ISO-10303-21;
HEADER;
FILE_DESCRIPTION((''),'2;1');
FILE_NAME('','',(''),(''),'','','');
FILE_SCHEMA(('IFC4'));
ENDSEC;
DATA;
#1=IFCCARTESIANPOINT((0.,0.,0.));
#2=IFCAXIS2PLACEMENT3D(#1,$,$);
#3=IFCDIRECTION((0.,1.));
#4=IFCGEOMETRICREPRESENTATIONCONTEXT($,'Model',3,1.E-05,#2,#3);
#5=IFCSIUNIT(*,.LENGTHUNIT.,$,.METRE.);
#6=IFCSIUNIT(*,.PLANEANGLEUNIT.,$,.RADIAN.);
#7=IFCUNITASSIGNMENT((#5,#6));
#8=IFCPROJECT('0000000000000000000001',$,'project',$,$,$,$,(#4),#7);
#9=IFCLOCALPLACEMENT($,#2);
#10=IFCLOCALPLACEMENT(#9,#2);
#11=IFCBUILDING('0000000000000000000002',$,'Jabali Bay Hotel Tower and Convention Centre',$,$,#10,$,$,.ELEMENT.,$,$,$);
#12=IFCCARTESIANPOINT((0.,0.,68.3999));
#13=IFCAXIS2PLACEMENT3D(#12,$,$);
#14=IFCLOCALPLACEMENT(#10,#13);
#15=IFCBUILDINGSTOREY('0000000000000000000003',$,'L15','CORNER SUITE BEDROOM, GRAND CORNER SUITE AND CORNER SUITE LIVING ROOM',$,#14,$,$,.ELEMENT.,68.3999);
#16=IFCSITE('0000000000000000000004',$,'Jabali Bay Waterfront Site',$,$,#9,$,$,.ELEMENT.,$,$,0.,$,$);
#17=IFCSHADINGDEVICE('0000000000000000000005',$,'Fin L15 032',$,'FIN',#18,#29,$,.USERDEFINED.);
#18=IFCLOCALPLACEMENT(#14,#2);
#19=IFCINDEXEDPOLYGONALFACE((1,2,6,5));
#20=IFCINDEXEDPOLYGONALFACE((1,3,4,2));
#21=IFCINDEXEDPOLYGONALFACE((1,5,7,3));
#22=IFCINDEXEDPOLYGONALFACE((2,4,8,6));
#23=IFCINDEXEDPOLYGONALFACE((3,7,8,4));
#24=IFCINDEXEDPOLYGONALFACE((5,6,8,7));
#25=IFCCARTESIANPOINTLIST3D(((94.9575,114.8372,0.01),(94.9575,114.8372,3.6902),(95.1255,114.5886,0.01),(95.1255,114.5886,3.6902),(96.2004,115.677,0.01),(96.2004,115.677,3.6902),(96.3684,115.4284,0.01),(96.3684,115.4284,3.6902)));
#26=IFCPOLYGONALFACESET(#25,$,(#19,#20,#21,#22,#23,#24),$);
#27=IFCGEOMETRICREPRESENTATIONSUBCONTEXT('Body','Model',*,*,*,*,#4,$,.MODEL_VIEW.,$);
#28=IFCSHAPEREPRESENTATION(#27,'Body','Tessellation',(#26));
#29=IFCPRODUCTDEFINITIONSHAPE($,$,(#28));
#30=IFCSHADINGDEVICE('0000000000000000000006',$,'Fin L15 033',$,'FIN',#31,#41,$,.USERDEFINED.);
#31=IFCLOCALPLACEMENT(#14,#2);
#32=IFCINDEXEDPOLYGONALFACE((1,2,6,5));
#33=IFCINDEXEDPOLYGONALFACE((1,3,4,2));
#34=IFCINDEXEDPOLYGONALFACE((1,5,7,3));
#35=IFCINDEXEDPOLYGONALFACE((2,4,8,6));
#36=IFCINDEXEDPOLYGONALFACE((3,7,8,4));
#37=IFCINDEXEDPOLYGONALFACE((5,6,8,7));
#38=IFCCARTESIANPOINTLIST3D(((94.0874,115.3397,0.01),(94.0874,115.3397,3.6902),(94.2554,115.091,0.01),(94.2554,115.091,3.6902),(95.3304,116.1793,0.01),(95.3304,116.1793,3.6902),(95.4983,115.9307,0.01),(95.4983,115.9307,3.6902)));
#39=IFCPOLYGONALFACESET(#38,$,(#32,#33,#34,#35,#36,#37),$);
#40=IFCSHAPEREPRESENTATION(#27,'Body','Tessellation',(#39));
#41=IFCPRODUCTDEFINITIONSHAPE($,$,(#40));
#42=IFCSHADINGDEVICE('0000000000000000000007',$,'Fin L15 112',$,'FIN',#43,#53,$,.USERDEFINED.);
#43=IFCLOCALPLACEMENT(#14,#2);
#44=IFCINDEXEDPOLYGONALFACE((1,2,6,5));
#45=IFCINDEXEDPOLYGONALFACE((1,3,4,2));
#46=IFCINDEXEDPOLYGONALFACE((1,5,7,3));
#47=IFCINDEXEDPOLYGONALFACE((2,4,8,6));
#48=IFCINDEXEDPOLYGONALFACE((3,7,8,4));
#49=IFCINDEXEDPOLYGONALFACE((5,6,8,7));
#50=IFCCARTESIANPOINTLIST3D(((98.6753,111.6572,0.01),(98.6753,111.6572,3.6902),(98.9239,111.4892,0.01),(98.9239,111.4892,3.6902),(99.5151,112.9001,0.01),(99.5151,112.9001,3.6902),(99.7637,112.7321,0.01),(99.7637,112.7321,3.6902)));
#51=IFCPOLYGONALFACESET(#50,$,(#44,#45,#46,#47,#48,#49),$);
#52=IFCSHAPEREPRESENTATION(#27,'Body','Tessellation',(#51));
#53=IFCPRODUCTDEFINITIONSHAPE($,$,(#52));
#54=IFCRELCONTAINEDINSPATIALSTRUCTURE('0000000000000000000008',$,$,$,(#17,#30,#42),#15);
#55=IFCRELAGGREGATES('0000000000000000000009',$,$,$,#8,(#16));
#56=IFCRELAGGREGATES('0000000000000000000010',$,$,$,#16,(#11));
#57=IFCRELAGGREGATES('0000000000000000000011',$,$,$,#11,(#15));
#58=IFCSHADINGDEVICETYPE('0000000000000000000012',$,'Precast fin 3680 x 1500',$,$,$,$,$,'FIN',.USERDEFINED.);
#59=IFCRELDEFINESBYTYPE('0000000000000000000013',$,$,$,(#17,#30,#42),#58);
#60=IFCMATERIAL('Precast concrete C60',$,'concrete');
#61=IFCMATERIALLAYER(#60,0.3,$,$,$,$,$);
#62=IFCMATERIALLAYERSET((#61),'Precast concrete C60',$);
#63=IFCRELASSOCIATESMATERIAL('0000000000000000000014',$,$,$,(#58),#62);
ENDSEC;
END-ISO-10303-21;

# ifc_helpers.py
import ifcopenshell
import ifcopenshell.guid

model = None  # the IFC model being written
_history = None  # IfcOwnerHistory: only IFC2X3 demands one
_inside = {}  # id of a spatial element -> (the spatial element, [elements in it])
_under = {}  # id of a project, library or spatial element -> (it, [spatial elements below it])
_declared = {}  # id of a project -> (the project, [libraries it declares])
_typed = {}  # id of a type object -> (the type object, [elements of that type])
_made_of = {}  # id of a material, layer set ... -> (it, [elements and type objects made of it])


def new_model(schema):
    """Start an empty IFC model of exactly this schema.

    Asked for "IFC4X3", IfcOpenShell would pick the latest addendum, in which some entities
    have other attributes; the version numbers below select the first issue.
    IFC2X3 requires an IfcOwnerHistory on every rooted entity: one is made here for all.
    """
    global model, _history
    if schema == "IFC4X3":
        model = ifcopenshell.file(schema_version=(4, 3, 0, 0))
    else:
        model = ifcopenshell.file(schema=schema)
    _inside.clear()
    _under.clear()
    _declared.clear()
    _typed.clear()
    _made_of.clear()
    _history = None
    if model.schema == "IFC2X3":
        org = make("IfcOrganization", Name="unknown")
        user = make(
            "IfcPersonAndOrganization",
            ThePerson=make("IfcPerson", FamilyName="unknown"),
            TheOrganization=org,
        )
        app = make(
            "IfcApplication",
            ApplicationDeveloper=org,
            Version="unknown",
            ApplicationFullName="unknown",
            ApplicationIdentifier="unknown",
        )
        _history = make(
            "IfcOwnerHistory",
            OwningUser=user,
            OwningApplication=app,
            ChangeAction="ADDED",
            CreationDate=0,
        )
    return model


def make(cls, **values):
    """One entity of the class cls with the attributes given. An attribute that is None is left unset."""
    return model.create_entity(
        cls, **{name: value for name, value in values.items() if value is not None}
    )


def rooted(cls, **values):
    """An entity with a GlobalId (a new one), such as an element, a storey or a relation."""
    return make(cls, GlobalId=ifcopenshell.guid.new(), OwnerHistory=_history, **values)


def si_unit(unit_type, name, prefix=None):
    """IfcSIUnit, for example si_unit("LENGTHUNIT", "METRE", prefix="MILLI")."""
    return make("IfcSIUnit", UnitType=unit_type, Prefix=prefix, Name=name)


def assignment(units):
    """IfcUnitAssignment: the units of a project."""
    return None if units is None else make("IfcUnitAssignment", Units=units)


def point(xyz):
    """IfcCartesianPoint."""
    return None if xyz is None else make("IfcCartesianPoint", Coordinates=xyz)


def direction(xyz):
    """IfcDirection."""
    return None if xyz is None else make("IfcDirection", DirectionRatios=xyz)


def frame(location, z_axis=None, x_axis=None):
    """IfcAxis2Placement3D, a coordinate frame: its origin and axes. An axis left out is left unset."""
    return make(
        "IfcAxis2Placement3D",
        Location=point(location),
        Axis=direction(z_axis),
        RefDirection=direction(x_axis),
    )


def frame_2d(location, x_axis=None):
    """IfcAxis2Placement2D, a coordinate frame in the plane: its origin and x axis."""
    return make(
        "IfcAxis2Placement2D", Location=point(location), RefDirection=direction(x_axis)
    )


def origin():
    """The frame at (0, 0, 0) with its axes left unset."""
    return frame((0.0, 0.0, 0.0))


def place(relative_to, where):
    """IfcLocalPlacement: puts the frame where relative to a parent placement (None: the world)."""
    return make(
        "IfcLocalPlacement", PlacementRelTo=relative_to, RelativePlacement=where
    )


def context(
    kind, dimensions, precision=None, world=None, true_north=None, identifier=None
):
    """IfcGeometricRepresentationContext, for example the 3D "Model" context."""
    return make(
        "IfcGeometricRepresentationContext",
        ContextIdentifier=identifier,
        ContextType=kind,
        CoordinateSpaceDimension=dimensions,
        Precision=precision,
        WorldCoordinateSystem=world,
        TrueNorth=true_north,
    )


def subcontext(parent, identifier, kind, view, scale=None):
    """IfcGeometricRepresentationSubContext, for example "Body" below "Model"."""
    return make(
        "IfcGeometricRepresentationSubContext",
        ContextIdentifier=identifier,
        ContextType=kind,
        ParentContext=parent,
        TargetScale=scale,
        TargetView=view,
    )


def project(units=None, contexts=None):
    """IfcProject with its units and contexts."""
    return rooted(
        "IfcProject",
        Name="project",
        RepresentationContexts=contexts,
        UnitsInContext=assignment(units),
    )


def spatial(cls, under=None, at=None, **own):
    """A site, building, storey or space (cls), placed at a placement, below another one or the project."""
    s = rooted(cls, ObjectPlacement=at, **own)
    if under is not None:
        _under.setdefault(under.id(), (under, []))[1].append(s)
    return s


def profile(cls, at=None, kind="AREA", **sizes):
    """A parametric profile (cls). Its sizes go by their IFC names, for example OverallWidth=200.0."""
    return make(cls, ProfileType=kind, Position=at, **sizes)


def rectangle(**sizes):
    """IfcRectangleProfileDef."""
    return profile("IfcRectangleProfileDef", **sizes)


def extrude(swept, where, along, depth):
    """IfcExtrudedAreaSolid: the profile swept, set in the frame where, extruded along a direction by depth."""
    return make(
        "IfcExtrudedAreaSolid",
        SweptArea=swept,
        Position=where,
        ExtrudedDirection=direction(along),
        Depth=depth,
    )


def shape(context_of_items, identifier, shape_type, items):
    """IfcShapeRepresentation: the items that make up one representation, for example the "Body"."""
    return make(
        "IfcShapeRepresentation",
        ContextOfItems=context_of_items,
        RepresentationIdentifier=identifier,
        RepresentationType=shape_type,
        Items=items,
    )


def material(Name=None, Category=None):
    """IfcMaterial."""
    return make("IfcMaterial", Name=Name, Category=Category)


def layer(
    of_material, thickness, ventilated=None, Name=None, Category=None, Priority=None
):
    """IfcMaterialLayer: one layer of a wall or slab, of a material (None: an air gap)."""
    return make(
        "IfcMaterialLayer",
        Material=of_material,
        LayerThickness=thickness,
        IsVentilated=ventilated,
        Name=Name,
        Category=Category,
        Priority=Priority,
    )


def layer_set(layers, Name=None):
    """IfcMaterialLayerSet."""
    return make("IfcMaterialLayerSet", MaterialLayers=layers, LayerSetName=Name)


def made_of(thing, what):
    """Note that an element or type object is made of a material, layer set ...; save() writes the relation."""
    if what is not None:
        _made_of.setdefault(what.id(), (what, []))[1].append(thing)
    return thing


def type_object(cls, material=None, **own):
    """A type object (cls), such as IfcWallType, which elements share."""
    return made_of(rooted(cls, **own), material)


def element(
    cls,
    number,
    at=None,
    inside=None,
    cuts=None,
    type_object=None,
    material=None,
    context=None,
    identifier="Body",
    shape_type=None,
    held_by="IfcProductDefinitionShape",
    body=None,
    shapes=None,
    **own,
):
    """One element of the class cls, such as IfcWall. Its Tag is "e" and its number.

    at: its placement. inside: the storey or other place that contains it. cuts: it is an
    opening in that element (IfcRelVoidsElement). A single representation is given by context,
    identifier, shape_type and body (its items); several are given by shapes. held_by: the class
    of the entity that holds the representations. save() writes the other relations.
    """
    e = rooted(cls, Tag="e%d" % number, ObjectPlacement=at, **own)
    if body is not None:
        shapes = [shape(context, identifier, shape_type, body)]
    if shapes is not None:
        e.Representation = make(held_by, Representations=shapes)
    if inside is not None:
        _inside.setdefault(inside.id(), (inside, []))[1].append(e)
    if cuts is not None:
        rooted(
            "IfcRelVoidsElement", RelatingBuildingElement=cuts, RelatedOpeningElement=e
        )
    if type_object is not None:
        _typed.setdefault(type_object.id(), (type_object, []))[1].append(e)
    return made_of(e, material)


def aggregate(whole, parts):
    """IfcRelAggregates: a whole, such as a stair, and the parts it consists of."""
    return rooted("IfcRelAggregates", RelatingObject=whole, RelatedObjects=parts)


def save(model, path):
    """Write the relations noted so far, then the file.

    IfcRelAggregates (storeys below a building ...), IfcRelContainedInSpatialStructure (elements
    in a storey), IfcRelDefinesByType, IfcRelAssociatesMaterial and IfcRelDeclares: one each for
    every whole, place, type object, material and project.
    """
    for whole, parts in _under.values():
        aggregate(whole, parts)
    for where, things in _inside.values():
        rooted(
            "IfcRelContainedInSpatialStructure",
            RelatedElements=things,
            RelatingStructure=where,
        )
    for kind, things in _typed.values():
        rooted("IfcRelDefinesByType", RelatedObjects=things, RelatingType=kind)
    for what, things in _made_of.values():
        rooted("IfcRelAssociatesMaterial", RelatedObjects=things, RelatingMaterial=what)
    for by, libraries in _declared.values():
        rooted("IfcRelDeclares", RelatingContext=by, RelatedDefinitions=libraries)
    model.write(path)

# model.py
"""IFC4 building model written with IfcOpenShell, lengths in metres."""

from ifc_helpers import new_model, si_unit, direction, frame, frame_2d, origin, place, context, subcontext, project, spatial, rectangle, extrude, material, layer, layer_set, type_object, element, save


model = new_model("IFC4")

# Units and contexts
model_context = context("Model", 3, precision=1e-05, world=origin(), true_north=direction((0.0, 1.0)))
body_context = subcontext(model_context, "Body", "Model", "MODEL_VIEW")
ifc_project = project(units=[si_unit("LENGTHUNIT", "METRE"), si_unit("PLANEANGLEUNIT", "RADIAN")], contexts=[model_context])

# Site, building, storey
site_placement = place(None, origin())
site = spatial("IfcSite", under=ifc_project, at=site_placement, Name="Jabali Bay Waterfront Site", CompositionType="ELEMENT", RefElevation=0.0)
building_placement = place(site_placement, origin())
building = spatial("IfcBuilding", under=site, at=building_placement, Name="Jabali Bay Hotel Tower and Convention Centre", CompositionType="ELEMENT")
storey_placement = place(building_placement, frame((0.0, 0.0, 68.3999)))
storey = spatial("IfcBuildingStorey", under=building, at=storey_placement, Name="L15", Description="CORNER SUITE BEDROOM, GRAND CORNER SUITE AND CORNER SUITE LIVING ROOM", CompositionType="ELEMENT", Elevation=68.3999)

# Shading devices
ifc_material_1 = material(Name="Precast concrete C60", Category="concrete")
ifc_layer_1 = layer(ifc_material_1, 0.3)
ifc_layer_set_1 = layer_set([ifc_layer_1], Name="Precast concrete C60")
shading_device_type = type_object("IfcShadingDeviceType", Name="Precast fin 3680 x 1500", ElementType="FIN", PredefinedType="USERDEFINED", material=ifc_layer_set_1)
for number, where, z_axis, x_axis, name in (
    (1, (95.0415, 114.7129, 0.01), (0.0, 0.0, 1.0), (0.828579, 0.559873, 0.0), "Fin L15 032"),
    (2, (94.1714, 115.2153, 0.01), (0.0, 0.0, 1.0), (0.828654, 0.559761, 0.0), "Fin L15 033"),
    (3, (98.7996, 111.5732, 0.01), (0.0, 0.0, 1.0), (0.559873, 0.828579, 0.0), "Fin L15 112"),
):
    element("IfcShadingDevice", number, at=place(storey_placement, frame(where, z_axis=z_axis, x_axis=x_axis)), inside=storey, type_object=shading_device_type, Name=name, ObjectType="FIN", PredefinedType="USERDEFINED", context=body_context, shape_type="SweptSolid", body=[
        extrude(rectangle(XDim=1.5, YDim=0.3, at=frame_2d((0.75, 0.0))), origin(), (0.0, 0.0, 1.0), 3.6802),
    ])

save(model, "model.ifc")
